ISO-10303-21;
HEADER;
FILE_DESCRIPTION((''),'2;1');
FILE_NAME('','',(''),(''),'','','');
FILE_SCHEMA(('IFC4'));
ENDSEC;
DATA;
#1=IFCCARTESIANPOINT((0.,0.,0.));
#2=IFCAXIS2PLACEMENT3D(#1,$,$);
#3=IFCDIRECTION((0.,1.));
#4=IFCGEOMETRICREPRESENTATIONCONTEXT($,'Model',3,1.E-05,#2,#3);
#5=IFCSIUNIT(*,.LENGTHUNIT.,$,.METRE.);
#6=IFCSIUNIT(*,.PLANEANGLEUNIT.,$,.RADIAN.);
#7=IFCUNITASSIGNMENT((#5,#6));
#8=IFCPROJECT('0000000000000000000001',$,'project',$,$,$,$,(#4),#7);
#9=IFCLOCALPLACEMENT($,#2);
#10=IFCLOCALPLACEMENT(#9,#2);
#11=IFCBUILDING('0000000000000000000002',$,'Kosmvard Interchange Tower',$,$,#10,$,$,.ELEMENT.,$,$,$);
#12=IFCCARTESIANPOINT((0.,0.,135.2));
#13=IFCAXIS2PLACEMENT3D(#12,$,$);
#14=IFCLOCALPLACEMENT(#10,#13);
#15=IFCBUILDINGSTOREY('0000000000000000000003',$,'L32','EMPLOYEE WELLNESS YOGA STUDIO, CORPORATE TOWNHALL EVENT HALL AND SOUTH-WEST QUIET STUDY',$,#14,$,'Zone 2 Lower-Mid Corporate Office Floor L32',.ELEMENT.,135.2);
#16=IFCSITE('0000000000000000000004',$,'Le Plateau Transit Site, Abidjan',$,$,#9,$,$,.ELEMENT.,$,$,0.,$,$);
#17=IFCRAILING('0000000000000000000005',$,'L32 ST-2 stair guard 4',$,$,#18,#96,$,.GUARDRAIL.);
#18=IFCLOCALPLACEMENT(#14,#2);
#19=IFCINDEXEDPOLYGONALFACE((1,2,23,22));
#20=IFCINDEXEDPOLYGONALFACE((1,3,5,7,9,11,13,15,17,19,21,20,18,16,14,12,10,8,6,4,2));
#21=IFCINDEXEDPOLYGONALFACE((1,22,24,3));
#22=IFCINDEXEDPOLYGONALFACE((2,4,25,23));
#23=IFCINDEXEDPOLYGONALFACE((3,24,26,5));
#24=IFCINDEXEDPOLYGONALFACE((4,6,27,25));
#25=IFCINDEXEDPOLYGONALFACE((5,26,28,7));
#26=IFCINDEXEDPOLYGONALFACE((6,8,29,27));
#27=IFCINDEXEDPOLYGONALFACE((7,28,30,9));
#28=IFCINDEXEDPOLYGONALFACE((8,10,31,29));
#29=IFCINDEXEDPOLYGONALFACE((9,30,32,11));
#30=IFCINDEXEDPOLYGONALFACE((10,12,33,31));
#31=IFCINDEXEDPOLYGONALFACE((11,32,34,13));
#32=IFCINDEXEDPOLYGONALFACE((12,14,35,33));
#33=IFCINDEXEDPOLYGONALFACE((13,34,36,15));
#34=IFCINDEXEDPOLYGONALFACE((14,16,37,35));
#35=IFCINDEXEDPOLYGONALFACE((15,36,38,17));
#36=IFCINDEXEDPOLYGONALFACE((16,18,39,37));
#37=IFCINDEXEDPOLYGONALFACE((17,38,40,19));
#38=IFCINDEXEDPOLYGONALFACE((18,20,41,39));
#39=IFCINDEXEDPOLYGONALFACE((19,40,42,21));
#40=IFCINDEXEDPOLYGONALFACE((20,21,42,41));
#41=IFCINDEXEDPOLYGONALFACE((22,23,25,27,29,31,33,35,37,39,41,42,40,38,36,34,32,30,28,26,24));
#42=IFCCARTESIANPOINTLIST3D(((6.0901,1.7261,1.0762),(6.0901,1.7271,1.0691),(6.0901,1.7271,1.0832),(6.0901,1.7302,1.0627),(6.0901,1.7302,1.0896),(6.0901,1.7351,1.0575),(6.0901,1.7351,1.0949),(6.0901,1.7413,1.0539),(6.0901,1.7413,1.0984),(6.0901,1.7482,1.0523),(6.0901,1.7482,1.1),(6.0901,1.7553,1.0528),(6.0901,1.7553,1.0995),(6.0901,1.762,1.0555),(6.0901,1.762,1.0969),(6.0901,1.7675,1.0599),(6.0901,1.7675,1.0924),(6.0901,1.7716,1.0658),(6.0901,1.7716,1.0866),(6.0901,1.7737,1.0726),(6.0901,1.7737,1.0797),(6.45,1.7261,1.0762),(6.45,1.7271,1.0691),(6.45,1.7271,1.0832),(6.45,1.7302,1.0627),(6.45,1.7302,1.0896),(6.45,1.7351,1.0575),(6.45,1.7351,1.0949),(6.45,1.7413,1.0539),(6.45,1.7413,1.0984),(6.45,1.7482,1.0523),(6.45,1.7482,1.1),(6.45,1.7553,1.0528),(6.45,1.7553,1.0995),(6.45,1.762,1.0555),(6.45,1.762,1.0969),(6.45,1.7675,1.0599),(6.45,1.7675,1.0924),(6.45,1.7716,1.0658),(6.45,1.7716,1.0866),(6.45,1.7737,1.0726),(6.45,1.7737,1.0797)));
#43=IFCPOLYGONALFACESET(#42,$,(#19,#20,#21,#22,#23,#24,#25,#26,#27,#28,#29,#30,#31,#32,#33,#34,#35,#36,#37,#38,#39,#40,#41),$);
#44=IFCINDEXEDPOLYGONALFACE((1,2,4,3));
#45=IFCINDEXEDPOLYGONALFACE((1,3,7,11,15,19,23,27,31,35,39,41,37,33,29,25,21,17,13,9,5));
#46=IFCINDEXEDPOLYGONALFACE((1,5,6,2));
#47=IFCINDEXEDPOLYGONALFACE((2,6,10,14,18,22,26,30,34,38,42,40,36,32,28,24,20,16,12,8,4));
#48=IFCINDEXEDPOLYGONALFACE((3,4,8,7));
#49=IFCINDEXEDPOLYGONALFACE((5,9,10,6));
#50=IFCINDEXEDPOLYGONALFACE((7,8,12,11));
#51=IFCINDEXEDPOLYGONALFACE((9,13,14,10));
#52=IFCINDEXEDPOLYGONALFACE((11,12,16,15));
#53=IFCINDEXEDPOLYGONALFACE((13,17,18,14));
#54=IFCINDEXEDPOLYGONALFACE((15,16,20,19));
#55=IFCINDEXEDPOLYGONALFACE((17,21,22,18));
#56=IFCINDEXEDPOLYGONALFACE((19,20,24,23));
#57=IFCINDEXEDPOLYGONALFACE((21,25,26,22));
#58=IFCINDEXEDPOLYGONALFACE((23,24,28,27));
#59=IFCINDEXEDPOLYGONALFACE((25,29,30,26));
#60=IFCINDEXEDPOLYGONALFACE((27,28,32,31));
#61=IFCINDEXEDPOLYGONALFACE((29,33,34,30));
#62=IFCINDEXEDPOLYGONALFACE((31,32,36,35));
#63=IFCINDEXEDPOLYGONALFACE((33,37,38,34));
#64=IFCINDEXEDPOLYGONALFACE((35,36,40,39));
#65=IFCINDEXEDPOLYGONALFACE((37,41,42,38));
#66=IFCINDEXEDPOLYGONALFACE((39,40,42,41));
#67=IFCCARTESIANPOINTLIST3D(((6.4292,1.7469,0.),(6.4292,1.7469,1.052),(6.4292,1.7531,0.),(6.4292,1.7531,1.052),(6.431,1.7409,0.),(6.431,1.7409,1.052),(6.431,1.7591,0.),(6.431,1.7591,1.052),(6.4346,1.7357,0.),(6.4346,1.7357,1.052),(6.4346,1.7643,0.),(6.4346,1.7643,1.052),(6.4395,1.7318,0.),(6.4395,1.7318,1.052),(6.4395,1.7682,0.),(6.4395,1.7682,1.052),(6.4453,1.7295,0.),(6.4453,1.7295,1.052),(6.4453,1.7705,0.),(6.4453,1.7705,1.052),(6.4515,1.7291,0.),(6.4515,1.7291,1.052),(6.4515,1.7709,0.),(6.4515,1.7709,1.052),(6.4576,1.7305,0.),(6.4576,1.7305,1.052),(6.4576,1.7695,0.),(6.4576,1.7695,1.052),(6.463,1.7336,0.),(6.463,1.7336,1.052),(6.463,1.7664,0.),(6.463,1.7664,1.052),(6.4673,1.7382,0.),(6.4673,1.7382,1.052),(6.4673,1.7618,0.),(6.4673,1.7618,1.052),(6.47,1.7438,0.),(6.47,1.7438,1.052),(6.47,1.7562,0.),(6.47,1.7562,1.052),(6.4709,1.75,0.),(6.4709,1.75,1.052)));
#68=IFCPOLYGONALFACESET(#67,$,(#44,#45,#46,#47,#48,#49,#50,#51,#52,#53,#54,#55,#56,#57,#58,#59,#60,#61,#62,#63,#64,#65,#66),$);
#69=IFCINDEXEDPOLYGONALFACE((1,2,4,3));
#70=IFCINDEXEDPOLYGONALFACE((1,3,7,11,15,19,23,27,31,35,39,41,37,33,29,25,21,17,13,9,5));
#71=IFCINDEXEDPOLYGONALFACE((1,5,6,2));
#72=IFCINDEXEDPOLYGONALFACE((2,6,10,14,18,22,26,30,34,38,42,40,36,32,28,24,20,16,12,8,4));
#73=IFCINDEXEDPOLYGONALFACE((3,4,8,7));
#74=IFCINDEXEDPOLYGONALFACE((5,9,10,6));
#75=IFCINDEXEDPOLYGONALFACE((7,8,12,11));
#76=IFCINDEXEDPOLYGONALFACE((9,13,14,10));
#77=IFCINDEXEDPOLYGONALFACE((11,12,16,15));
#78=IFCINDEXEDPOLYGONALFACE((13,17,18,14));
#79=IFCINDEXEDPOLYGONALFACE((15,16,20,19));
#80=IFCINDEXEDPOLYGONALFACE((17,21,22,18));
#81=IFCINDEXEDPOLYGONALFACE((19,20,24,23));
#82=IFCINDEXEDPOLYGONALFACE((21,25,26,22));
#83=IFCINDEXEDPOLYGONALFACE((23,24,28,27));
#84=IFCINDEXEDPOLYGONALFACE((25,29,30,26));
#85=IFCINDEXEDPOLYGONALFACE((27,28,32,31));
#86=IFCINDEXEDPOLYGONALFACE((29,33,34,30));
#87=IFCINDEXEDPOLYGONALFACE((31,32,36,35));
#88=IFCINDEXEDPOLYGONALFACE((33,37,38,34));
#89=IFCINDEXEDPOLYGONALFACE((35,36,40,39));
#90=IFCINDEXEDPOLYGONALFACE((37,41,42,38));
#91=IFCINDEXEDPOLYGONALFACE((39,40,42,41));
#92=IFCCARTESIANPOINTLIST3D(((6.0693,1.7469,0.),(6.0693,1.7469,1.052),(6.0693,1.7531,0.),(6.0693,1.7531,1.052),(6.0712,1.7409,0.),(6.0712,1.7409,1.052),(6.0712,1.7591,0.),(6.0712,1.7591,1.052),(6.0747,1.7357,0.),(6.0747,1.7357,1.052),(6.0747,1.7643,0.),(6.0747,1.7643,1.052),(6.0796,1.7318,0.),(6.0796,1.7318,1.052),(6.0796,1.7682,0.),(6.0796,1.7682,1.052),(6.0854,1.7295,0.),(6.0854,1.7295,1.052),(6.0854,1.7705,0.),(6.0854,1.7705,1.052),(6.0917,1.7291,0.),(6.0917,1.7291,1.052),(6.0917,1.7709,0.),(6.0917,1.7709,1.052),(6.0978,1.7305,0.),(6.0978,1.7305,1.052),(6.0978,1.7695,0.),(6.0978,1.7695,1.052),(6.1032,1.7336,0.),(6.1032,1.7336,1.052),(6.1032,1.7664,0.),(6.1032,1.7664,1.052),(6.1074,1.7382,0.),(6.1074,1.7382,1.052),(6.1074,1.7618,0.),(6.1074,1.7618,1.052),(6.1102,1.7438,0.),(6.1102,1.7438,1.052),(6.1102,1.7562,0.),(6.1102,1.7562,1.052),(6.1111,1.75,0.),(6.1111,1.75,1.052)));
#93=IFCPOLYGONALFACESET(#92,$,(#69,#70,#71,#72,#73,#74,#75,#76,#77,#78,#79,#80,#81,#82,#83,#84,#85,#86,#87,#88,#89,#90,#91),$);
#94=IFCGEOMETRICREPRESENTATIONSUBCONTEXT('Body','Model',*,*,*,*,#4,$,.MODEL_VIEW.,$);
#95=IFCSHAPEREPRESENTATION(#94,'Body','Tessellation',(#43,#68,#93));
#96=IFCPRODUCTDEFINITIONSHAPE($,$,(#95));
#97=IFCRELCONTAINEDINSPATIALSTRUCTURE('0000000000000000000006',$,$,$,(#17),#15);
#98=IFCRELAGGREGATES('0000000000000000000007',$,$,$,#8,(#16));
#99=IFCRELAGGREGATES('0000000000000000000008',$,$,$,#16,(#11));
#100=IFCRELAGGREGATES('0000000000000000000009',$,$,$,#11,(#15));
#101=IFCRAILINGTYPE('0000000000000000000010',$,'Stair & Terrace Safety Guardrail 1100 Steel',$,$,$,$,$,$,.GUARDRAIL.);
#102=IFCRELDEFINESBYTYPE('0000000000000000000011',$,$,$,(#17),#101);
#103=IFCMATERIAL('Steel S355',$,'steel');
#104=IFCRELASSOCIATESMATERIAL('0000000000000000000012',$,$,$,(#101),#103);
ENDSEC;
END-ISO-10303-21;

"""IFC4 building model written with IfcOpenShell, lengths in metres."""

from ifc_helpers import new_model, si_unit, direction, frame, origin, origin_2d, place, context, subcontext, project, spatial, circle, extrude, source, transform, mapped, material, type_object, element, save


model = new_model("IFC4")

# Units and contexts
model_context = context("Model", 3, precision=1e-05, world=origin(), true_north=direction((0.0, 1.0)))
body_context = subcontext(model_context, "Body", "Model", "MODEL_VIEW")
ifc_project = project(units=[si_unit("LENGTHUNIT", "METRE"), si_unit("PLANEANGLEUNIT", "RADIAN")], contexts=[model_context])

# Site, building, storey
site_placement = place(None, origin())
site = spatial("IfcSite", under=ifc_project, at=site_placement, Name="Le Plateau Transit Site, Abidjan", CompositionType="ELEMENT", RefElevation=0.0)
building_placement = place(site_placement, origin())
building = spatial("IfcBuilding", under=site, at=building_placement, Name="Kosmvard Interchange Tower", CompositionType="ELEMENT")
storey_placement = place(building_placement, frame((0.0, 0.0, 135.2)))
storey = spatial("IfcBuildingStorey", under=building, at=storey_placement, Name="L32", Description="EMPLOYEE WELLNESS YOGA STUDIO, CORPORATE TOWNHALL EVENT HALL AND SOUTH-WEST QUIET STUDY", LongName="Zone 2 Lower-Mid Corporate Office Floor L32", CompositionType="ELEMENT", Elevation=135.2)

# Shared definitions
ifc_material_1 = material(Name="Steel S355", Category="steel")

# Railing
railing_type_1 = type_object("IfcRailingType", Name="Stair & Terrace Safety Guardrail 1100 Steel", PredefinedType="GUARDRAIL", material=ifc_material_1)
shared_shape_1 = source(origin(), body_context, "Body", "SweptSolid", [
    extrude(circle(Radius=0.0239, at=origin_2d()), frame((0.0, 0.0, 1.0762), z_axis=(-1.0, 0.0, 0.0), x_axis=(0.0, -1.0, 0.0)), (0.0, 0.0, 1.0), 0.3599),
    extrude(circle(Radius=0.021, at=origin_2d()), origin(), (0.0, 0.0, 1.0), 1.052),
    extrude(circle(Radius=0.021, at=origin_2d()), frame((-0.3599, 0.0, 0.0)), (0.0, 0.0, 1.0), 1.052),
])
for number, where, name in (
    (1, (6.45, 1.75, 0.0), "L32 ST-2 stair guard 4"),
):
    element("IfcRailing", number, at=place(storey_placement, frame(where)), inside=storey, type_object=railing_type_1, Name=name, PredefinedType="GUARDRAIL", context=body_context, shape_type="MappedRepresentation", body=[
        mapped(shared_shape_1, transform((0.0, 0.0, 0.0), scale=1.0)),
    ])

save(model, "model.ifc")
